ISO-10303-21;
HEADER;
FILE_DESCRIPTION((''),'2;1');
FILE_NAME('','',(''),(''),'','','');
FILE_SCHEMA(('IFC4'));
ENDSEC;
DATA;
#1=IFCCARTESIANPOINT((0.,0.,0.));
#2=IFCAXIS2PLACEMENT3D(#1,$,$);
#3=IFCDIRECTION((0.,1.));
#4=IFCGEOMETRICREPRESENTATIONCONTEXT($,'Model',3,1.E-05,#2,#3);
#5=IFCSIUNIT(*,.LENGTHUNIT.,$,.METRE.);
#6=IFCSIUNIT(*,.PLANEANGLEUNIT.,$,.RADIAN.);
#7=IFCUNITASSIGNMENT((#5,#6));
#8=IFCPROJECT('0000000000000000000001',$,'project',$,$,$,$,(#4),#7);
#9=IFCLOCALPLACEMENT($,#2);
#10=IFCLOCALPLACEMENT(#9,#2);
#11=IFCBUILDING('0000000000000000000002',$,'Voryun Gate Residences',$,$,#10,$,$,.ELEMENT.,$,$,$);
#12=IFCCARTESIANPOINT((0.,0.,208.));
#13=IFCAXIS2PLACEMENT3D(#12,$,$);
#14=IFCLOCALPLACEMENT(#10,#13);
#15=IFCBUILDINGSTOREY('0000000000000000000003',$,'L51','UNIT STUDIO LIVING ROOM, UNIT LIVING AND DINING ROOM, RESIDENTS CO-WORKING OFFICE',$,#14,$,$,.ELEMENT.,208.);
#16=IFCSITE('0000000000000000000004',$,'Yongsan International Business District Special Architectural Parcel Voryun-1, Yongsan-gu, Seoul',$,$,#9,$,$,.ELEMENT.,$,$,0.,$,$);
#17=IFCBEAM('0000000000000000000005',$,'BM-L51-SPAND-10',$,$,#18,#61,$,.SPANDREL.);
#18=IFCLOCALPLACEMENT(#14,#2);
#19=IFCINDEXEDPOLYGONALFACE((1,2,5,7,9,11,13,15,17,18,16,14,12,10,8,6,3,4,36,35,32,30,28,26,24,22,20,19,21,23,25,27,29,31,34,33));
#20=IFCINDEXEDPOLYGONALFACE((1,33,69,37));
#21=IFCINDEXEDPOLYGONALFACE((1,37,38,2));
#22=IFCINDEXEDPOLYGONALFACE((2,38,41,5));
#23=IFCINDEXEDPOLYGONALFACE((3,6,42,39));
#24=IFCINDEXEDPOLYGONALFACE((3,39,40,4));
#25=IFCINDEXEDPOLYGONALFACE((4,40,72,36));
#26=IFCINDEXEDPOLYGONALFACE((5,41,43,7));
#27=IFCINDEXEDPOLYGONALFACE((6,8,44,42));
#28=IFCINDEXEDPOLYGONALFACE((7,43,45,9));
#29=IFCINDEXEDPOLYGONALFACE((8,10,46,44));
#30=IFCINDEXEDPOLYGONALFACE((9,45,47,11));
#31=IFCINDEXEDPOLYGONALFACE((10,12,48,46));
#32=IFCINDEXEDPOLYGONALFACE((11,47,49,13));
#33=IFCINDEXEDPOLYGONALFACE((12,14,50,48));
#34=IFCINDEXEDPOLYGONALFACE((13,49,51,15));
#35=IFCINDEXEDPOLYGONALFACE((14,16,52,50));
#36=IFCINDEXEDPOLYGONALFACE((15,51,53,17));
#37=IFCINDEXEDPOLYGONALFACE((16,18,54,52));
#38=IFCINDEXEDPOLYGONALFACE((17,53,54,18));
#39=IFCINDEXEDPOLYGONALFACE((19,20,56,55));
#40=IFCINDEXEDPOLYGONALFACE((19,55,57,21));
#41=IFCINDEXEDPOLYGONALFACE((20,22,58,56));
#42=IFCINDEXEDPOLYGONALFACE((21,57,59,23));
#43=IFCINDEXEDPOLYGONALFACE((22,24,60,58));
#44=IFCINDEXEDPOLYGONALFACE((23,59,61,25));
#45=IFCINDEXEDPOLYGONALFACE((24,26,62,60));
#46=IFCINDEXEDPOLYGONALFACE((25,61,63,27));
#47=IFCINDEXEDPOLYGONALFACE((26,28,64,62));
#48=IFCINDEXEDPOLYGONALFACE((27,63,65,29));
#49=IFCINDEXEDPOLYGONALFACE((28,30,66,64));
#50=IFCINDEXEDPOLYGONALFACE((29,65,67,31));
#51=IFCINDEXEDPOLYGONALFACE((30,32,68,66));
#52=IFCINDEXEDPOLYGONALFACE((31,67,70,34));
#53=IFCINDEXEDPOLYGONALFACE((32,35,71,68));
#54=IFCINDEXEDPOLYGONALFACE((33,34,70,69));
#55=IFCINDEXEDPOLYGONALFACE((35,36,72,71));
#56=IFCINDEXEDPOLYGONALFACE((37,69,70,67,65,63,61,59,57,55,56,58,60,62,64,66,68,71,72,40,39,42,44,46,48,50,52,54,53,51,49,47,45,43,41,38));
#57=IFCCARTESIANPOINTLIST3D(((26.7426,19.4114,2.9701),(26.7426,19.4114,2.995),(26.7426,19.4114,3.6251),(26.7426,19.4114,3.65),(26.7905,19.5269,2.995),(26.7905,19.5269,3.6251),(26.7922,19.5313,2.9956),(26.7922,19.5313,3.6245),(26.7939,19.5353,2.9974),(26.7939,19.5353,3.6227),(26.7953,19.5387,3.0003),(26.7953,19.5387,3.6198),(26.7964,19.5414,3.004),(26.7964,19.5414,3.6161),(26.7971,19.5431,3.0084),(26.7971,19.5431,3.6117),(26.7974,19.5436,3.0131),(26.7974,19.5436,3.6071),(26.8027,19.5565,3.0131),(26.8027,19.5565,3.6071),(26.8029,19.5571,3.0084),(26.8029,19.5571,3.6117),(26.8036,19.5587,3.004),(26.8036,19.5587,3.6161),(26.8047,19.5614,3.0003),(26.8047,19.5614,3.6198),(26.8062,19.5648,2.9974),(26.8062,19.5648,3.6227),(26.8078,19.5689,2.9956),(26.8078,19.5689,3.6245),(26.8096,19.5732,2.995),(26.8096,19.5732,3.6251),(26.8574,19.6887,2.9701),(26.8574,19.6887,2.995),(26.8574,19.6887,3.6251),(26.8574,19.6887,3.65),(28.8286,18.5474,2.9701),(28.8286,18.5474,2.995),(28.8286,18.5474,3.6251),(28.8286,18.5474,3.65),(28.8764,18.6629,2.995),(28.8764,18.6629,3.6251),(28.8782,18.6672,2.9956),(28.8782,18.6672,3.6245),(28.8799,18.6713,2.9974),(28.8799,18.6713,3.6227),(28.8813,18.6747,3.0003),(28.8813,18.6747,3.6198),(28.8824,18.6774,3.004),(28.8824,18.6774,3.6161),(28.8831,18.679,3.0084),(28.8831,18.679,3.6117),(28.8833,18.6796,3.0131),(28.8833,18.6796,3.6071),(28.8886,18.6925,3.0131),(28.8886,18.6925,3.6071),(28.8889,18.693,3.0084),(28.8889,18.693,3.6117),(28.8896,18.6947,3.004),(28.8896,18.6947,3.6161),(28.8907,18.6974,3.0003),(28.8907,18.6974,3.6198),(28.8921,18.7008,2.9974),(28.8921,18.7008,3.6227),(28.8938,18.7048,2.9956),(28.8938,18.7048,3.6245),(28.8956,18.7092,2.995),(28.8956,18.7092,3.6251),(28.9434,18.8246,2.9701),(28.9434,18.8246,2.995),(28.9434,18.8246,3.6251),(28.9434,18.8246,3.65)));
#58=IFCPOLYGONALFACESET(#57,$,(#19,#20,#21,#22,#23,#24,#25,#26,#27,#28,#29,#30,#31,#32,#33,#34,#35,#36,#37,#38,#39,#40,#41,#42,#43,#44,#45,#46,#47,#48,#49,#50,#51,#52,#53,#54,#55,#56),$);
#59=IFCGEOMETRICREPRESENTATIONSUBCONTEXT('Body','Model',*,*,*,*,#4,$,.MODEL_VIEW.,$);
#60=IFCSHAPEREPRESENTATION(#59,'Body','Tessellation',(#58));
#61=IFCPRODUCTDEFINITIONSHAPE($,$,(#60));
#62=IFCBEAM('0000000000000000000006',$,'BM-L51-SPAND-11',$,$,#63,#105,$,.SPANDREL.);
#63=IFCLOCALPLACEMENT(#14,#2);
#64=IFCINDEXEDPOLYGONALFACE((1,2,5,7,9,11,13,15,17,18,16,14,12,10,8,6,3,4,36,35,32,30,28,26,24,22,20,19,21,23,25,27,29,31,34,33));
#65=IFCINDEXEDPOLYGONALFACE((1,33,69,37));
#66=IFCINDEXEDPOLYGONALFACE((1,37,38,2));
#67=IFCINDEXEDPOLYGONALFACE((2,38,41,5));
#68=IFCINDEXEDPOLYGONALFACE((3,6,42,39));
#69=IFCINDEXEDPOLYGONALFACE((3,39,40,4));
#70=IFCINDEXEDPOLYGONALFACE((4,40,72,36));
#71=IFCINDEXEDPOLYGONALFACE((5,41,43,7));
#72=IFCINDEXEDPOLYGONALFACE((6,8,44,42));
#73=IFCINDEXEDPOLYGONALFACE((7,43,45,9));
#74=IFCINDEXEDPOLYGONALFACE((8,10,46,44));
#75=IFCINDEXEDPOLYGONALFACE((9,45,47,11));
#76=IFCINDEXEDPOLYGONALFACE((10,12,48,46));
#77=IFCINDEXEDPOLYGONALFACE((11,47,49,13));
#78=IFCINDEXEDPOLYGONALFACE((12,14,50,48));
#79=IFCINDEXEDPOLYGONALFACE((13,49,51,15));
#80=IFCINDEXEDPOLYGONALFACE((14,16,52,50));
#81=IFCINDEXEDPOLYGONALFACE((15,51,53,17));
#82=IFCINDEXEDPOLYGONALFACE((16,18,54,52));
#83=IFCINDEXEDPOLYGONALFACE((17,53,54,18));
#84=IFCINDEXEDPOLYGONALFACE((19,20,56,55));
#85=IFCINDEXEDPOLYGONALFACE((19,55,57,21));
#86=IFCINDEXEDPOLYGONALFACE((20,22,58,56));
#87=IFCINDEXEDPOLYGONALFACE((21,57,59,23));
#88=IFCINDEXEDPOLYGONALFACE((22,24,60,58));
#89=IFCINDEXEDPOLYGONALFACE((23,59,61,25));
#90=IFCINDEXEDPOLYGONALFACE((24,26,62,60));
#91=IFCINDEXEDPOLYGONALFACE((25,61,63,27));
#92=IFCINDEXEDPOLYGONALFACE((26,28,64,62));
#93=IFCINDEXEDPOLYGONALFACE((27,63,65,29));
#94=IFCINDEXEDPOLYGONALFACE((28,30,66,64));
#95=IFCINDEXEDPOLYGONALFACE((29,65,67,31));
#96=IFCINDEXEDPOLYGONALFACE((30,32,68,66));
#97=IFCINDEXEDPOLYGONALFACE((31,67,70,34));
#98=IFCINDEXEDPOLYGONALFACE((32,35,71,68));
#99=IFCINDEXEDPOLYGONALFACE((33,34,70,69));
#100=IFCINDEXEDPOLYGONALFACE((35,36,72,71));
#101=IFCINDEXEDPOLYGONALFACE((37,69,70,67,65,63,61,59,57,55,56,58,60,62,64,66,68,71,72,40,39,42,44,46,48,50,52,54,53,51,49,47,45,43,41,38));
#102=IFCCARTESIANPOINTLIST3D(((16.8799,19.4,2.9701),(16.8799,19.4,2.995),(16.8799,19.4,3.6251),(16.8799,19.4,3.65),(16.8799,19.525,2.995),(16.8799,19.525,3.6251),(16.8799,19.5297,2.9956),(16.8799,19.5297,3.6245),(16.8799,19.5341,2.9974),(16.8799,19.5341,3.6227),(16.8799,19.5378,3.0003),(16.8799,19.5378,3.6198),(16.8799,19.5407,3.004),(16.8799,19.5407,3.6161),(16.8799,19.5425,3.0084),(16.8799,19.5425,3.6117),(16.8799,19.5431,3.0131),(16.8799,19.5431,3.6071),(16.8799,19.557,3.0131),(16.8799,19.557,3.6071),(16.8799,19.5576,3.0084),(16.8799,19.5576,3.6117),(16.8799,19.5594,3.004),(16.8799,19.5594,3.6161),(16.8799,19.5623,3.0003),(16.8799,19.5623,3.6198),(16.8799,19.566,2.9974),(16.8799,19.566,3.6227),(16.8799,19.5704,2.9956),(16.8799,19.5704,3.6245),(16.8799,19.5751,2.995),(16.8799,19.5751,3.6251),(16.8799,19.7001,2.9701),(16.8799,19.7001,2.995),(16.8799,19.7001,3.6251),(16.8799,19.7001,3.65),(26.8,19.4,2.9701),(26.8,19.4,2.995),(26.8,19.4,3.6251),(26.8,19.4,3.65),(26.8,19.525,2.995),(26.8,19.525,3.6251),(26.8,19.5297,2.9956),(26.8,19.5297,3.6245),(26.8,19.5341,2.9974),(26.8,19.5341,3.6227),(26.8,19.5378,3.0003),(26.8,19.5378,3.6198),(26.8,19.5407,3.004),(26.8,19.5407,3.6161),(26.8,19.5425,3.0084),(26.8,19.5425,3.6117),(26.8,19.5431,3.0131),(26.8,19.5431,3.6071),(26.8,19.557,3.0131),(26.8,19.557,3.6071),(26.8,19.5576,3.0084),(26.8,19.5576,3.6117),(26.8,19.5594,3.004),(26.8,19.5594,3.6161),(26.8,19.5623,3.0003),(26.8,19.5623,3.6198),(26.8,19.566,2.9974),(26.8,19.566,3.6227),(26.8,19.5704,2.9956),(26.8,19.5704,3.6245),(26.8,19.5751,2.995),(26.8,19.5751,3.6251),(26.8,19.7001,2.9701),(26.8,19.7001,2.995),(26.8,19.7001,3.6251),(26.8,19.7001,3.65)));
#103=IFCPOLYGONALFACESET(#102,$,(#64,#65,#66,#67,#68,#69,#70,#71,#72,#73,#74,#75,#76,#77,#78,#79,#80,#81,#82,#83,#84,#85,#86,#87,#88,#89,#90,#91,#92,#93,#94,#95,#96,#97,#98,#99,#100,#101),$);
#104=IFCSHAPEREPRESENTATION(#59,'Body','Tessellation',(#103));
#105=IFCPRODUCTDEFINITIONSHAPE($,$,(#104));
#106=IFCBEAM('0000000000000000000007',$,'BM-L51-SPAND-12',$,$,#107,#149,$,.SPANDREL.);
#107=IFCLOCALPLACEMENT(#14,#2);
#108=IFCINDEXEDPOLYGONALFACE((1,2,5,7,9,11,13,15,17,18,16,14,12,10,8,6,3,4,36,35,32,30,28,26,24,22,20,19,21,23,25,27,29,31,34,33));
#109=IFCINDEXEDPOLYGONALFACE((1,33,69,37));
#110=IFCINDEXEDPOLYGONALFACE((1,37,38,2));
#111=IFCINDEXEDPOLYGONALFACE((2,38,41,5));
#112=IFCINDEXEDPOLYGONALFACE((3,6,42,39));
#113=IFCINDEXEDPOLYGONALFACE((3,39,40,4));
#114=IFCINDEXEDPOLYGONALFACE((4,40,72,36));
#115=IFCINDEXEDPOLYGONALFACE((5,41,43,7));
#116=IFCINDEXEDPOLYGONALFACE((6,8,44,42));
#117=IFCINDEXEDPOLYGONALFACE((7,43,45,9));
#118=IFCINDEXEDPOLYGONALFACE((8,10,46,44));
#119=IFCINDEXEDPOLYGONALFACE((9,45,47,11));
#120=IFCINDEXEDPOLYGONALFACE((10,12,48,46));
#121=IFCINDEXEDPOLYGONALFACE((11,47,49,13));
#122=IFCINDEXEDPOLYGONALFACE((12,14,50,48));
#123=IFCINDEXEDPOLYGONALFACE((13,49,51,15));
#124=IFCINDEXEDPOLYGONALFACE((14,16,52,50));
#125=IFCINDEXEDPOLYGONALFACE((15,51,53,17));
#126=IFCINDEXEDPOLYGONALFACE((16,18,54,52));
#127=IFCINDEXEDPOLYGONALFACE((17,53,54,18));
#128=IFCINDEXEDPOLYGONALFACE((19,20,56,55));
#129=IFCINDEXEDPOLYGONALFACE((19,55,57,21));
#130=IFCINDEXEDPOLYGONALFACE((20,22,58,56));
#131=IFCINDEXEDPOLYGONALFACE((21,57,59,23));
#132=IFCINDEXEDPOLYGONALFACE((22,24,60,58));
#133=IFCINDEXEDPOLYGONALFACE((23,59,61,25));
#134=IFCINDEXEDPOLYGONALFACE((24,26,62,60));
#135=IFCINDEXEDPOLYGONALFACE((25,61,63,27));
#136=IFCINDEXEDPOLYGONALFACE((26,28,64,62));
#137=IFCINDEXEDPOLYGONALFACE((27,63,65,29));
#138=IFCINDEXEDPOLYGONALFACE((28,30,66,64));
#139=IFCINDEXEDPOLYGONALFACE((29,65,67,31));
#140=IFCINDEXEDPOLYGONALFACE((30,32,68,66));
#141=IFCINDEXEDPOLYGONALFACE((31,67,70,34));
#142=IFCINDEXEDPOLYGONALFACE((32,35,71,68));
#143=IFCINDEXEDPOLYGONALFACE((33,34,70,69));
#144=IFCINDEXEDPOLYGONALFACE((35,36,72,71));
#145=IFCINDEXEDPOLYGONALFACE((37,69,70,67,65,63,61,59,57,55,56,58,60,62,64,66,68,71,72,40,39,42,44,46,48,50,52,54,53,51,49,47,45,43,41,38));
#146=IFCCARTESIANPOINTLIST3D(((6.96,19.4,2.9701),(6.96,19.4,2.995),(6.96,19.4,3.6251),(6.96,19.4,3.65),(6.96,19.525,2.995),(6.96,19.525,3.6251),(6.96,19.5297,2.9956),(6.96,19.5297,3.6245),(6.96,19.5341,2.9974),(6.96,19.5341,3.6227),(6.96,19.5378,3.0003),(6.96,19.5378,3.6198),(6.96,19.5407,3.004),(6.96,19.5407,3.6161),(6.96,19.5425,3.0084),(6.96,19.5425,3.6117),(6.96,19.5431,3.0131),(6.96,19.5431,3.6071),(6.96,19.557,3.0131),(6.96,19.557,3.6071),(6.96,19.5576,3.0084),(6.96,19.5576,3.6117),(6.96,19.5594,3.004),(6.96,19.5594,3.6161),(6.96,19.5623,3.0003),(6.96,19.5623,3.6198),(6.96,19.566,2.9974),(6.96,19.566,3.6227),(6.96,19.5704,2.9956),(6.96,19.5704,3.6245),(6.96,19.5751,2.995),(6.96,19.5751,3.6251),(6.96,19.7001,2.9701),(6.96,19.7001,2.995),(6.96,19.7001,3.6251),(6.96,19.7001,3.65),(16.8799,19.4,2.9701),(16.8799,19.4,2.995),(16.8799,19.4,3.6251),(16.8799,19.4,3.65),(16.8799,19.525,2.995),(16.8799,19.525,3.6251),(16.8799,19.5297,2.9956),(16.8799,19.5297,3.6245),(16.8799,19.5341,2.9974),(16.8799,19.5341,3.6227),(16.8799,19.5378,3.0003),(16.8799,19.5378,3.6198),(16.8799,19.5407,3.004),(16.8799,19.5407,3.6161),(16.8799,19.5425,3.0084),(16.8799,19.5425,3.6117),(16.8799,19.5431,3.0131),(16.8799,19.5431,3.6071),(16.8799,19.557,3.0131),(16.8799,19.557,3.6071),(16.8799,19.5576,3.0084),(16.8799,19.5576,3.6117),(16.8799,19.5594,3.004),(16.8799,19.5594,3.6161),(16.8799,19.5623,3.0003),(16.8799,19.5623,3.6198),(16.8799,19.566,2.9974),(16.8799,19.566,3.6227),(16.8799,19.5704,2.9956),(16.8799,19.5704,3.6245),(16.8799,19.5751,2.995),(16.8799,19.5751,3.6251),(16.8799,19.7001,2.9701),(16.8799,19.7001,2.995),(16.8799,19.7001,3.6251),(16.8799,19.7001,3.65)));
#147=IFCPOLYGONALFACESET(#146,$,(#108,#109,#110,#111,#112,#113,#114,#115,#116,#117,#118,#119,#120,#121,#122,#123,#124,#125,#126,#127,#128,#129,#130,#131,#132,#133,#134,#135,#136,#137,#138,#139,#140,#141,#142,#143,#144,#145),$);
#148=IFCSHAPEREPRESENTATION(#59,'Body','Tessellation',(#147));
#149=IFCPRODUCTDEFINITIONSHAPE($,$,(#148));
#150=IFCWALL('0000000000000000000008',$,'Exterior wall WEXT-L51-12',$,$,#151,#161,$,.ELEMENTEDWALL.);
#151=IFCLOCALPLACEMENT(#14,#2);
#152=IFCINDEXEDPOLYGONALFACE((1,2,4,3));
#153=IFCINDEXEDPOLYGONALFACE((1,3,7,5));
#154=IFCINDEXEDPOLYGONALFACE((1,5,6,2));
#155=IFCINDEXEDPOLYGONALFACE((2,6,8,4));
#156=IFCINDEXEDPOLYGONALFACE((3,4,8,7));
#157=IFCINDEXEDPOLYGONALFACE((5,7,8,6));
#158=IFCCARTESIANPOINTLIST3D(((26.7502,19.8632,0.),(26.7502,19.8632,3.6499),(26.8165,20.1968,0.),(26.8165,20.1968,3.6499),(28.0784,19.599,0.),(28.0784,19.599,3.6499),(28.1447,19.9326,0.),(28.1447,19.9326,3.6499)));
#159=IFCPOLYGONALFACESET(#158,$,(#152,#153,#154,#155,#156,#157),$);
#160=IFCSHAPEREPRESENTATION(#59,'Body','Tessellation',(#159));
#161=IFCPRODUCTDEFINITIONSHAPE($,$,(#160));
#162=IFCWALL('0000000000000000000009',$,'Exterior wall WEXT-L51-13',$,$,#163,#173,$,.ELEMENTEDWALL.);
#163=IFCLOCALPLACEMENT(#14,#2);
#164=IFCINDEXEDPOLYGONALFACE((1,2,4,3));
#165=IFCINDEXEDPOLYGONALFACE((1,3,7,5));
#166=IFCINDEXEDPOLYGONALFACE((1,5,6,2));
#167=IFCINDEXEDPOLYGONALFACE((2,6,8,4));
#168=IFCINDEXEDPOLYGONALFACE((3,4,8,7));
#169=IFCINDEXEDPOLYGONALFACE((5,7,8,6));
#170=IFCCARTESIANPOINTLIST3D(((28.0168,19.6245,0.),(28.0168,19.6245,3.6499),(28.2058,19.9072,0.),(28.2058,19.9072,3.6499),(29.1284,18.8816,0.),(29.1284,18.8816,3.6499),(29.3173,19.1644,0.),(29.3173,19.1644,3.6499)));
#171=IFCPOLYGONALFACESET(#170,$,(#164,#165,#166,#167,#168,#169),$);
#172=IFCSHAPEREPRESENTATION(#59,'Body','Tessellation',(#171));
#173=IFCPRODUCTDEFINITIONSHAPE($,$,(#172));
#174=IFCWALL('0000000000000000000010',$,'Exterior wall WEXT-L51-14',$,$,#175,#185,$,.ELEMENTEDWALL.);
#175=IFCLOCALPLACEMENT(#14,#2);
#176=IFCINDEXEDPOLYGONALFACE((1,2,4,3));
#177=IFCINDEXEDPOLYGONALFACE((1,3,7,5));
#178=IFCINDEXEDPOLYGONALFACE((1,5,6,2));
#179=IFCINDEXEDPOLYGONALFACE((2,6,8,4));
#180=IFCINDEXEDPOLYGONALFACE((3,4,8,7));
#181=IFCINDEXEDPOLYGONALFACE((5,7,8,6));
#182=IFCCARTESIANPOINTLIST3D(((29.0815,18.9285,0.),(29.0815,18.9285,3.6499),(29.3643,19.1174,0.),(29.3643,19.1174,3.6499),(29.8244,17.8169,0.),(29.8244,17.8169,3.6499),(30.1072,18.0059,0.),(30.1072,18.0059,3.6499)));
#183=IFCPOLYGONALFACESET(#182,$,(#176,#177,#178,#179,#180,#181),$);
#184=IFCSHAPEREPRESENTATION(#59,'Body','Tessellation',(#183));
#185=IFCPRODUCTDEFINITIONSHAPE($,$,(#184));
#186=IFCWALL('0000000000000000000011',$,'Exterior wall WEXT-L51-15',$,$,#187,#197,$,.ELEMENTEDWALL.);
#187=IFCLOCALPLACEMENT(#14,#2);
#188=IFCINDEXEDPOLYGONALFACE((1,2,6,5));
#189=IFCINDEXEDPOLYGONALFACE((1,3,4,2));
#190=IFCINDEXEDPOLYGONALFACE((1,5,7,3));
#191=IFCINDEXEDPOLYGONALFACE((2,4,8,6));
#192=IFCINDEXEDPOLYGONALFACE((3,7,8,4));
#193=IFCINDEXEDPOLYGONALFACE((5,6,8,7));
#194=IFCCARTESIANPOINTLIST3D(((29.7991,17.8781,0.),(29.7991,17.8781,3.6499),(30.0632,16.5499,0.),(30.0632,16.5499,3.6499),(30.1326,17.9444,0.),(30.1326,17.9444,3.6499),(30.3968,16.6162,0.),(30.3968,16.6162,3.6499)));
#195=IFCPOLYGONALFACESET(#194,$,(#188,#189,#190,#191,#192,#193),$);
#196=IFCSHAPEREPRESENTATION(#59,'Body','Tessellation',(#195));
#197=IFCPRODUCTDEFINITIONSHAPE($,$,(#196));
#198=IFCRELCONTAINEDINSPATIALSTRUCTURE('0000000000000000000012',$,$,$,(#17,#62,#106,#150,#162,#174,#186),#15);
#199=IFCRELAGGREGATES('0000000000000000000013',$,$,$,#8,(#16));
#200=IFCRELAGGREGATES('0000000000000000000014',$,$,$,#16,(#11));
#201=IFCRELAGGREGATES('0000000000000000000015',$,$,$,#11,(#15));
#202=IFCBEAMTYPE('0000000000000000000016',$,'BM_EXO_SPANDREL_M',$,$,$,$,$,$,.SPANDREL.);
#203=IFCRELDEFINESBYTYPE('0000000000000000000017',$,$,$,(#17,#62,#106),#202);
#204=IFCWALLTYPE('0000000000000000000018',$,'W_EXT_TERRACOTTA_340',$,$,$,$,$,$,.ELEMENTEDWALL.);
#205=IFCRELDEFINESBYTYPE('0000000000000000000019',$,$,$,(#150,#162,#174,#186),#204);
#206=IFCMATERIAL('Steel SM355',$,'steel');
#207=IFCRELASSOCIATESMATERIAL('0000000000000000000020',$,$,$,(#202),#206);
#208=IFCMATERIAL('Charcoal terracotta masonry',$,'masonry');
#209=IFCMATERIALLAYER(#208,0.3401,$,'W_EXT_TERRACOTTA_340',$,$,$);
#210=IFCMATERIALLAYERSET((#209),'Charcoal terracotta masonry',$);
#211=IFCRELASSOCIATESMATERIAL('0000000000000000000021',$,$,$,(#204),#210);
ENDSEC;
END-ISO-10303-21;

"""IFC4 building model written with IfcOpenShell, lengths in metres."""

from ifc_helpers import new_model, si_unit, direction, frame, frame_2d, origin, origin_2d, place, context, subcontext, project, spatial, rectangle, i_section, extrude, material, layer, layer_set, material_profile, profile_set, type_object, element, save


model = new_model("IFC4")

# Units and contexts
model_context = context("Model", 3, precision=1e-05, world=origin(), true_north=direction((0.0, 1.0)))
body_context = subcontext(model_context, "Body", "Model", "MODEL_VIEW")
ifc_project = project(units=[si_unit("LENGTHUNIT", "METRE"), si_unit("PLANEANGLEUNIT", "RADIAN")], contexts=[model_context])

# Site, building, storey
site_placement = place(None, origin())
site = spatial("IfcSite", under=ifc_project, at=site_placement, Name="Yongsan International Business District Special Architectural Parcel Voryun-1, Yongsan-gu, Seoul", CompositionType="ELEMENT", RefElevation=0.0)
building_placement = place(site_placement, origin())
building = spatial("IfcBuilding", under=site, at=building_placement, Name="Voryun Gate Residences", CompositionType="ELEMENT")
storey_placement = place(building_placement, frame((0.0, 0.0, 208.0)))
storey = spatial("IfcBuildingStorey", under=building, at=storey_placement, Name="L51", Description="UNIT STUDIO LIVING ROOM, UNIT LIVING AND DINING ROOM, RESIDENTS CO-WORKING OFFICE", CompositionType="ELEMENT", Elevation=208.0)

# Beams
ifc_material_1 = material(Name="Steel SM355", Category="steel")
ifc_material_profile_1 = material_profile(ifc_material_1, i_section(OverallWidth=0.3, OverallDepth=0.6799, WebThickness=0.0139, FlangeThickness=0.0249, FilletRadius=0.0181, at=origin_2d()), Name="H-680x300x14x25")
ifc_profile_set_1 = profile_set([ifc_material_profile_1], Name="Steel SM355")
beam_type = type_object("IfcBeamType", Name="BM_EXO_SPANDREL_M", PredefinedType="SPANDREL", material=ifc_profile_set_1)
beam_1_placement = place(storey_placement, frame((28.886, 18.686, 3.3101), z_axis=(-0.923881, 0.38268, 0.0), x_axis=(-0.38268, -0.923881, 0.0)))
element("IfcBeam", 1, at=beam_1_placement, inside=storey, type_object=beam_type, Name="BM-L51-SPAND-10", PredefinedType="SPANDREL", context=body_context, shape_type="SweptSolid", body=[
    extrude(i_section(OverallWidth=0.3, OverallDepth=0.6799, WebThickness=0.0139, FlangeThickness=0.0249, FilletRadius=0.0181, at=origin_2d()), origin(), (0.0, 0.0, 1.0), 2.2578),
])
beam_2_placement = place(storey_placement, frame((26.8, 19.55, 3.3101), z_axis=(-1.0, 0.0, 0.0), x_axis=(0.0, -1.0, 0.0)))
element("IfcBeam", 2, at=beam_2_placement, inside=storey, type_object=beam_type, Name="BM-L51-SPAND-11", PredefinedType="SPANDREL", context=body_context, shape_type="SweptSolid", body=[
    extrude(i_section(OverallWidth=0.3, OverallDepth=0.6799, WebThickness=0.0139, FlangeThickness=0.0249, FilletRadius=0.0181, at=origin_2d()), origin(), (0.0, 0.0, 1.0), 9.9202),
])
beam_3_placement = place(storey_placement, frame((16.8799, 19.55, 3.3101), z_axis=(-1.0, 0.0, 0.0), x_axis=(0.0, -1.0, 0.0)))
element("IfcBeam", 3, at=beam_3_placement, inside=storey, type_object=beam_type, Name="BM-L51-SPAND-12", PredefinedType="SPANDREL", context=body_context, shape_type="SweptSolid", body=[
    extrude(i_section(OverallWidth=0.3, OverallDepth=0.6799, WebThickness=0.0139, FlangeThickness=0.0249, FilletRadius=0.0181, at=origin_2d()), origin(), (0.0, 0.0, 1.0), 9.9199),
])

# Walls
ifc_material_2 = material(Name="Charcoal terracotta masonry", Category="masonry")
ifc_layer_1 = layer(ifc_material_2, 0.3401, Name="W_EXT_TERRACOTTA_340")
ifc_layer_set_1 = layer_set([ifc_layer_1], Name="Charcoal terracotta masonry")
wall_type_1 = type_object("IfcWallType", Name="W_EXT_TERRACOTTA_340", PredefinedType="ELEMENTEDWALL", material=ifc_layer_set_1)
wall_1_placement = place(storey_placement, frame((26.7832, 20.03, 0.0), z_axis=(0.0, 0.0, 1.0), x_axis=(0.980788, -0.195076, 0.0)))
element("IfcWall", 4, at=wall_1_placement, inside=storey, type_object=wall_type_1, Name="Exterior wall WEXT-L51-12", PredefinedType="ELEMENTEDWALL", context=body_context, shape_type="SweptSolid", body=[
    extrude(rectangle(XDim=1.3542, YDim=0.3401, at=frame_2d((0.6772, 0.0))), origin(), (0.0, 0.0, 1.0), 3.6499),
])
for number, where, z_axis, x_axis, name in (
    (5, (28.1113, 19.7659, 0.0), (0.0, 0.0, 1.0), (0.831404, -0.555669, 0.0), "Exterior wall WEXT-L51-13"),
    (6, (29.2229, 19.0229, 0.0), (0.0, 0.0, 1.0), (0.555669, -0.831404, 0.0), "Exterior wall WEXT-L51-14"),
):
    element("IfcWall", number, at=place(storey_placement, frame(where, z_axis=z_axis, x_axis=x_axis)), inside=storey, type_object=wall_type_1, Name=name, PredefinedType="ELEMENTEDWALL", context=body_context, shape_type="SweptSolid", body=[
        extrude(rectangle(XDim=1.3369, YDim=0.3401, at=frame_2d((0.6685, 0.0))), origin(), (0.0, 0.0, 1.0), 3.6499),
    ])
wall_2_placement = place(storey_placement, frame((29.9658, 17.9114, 0.0), z_axis=(0.0, 0.0, 1.0), x_axis=(0.195076, -0.980788, 0.0)))
element("IfcWall", 7, at=wall_2_placement, inside=storey, type_object=wall_type_1, Name="Exterior wall WEXT-L51-15", PredefinedType="ELEMENTEDWALL", context=body_context, shape_type="SweptSolid", body=[
    extrude(rectangle(XDim=1.3542, YDim=0.3401, at=frame_2d((0.6772, 0.0))), origin(), (0.0, 0.0, 1.0), 3.6499),
])

save(model, "model.ifc")
